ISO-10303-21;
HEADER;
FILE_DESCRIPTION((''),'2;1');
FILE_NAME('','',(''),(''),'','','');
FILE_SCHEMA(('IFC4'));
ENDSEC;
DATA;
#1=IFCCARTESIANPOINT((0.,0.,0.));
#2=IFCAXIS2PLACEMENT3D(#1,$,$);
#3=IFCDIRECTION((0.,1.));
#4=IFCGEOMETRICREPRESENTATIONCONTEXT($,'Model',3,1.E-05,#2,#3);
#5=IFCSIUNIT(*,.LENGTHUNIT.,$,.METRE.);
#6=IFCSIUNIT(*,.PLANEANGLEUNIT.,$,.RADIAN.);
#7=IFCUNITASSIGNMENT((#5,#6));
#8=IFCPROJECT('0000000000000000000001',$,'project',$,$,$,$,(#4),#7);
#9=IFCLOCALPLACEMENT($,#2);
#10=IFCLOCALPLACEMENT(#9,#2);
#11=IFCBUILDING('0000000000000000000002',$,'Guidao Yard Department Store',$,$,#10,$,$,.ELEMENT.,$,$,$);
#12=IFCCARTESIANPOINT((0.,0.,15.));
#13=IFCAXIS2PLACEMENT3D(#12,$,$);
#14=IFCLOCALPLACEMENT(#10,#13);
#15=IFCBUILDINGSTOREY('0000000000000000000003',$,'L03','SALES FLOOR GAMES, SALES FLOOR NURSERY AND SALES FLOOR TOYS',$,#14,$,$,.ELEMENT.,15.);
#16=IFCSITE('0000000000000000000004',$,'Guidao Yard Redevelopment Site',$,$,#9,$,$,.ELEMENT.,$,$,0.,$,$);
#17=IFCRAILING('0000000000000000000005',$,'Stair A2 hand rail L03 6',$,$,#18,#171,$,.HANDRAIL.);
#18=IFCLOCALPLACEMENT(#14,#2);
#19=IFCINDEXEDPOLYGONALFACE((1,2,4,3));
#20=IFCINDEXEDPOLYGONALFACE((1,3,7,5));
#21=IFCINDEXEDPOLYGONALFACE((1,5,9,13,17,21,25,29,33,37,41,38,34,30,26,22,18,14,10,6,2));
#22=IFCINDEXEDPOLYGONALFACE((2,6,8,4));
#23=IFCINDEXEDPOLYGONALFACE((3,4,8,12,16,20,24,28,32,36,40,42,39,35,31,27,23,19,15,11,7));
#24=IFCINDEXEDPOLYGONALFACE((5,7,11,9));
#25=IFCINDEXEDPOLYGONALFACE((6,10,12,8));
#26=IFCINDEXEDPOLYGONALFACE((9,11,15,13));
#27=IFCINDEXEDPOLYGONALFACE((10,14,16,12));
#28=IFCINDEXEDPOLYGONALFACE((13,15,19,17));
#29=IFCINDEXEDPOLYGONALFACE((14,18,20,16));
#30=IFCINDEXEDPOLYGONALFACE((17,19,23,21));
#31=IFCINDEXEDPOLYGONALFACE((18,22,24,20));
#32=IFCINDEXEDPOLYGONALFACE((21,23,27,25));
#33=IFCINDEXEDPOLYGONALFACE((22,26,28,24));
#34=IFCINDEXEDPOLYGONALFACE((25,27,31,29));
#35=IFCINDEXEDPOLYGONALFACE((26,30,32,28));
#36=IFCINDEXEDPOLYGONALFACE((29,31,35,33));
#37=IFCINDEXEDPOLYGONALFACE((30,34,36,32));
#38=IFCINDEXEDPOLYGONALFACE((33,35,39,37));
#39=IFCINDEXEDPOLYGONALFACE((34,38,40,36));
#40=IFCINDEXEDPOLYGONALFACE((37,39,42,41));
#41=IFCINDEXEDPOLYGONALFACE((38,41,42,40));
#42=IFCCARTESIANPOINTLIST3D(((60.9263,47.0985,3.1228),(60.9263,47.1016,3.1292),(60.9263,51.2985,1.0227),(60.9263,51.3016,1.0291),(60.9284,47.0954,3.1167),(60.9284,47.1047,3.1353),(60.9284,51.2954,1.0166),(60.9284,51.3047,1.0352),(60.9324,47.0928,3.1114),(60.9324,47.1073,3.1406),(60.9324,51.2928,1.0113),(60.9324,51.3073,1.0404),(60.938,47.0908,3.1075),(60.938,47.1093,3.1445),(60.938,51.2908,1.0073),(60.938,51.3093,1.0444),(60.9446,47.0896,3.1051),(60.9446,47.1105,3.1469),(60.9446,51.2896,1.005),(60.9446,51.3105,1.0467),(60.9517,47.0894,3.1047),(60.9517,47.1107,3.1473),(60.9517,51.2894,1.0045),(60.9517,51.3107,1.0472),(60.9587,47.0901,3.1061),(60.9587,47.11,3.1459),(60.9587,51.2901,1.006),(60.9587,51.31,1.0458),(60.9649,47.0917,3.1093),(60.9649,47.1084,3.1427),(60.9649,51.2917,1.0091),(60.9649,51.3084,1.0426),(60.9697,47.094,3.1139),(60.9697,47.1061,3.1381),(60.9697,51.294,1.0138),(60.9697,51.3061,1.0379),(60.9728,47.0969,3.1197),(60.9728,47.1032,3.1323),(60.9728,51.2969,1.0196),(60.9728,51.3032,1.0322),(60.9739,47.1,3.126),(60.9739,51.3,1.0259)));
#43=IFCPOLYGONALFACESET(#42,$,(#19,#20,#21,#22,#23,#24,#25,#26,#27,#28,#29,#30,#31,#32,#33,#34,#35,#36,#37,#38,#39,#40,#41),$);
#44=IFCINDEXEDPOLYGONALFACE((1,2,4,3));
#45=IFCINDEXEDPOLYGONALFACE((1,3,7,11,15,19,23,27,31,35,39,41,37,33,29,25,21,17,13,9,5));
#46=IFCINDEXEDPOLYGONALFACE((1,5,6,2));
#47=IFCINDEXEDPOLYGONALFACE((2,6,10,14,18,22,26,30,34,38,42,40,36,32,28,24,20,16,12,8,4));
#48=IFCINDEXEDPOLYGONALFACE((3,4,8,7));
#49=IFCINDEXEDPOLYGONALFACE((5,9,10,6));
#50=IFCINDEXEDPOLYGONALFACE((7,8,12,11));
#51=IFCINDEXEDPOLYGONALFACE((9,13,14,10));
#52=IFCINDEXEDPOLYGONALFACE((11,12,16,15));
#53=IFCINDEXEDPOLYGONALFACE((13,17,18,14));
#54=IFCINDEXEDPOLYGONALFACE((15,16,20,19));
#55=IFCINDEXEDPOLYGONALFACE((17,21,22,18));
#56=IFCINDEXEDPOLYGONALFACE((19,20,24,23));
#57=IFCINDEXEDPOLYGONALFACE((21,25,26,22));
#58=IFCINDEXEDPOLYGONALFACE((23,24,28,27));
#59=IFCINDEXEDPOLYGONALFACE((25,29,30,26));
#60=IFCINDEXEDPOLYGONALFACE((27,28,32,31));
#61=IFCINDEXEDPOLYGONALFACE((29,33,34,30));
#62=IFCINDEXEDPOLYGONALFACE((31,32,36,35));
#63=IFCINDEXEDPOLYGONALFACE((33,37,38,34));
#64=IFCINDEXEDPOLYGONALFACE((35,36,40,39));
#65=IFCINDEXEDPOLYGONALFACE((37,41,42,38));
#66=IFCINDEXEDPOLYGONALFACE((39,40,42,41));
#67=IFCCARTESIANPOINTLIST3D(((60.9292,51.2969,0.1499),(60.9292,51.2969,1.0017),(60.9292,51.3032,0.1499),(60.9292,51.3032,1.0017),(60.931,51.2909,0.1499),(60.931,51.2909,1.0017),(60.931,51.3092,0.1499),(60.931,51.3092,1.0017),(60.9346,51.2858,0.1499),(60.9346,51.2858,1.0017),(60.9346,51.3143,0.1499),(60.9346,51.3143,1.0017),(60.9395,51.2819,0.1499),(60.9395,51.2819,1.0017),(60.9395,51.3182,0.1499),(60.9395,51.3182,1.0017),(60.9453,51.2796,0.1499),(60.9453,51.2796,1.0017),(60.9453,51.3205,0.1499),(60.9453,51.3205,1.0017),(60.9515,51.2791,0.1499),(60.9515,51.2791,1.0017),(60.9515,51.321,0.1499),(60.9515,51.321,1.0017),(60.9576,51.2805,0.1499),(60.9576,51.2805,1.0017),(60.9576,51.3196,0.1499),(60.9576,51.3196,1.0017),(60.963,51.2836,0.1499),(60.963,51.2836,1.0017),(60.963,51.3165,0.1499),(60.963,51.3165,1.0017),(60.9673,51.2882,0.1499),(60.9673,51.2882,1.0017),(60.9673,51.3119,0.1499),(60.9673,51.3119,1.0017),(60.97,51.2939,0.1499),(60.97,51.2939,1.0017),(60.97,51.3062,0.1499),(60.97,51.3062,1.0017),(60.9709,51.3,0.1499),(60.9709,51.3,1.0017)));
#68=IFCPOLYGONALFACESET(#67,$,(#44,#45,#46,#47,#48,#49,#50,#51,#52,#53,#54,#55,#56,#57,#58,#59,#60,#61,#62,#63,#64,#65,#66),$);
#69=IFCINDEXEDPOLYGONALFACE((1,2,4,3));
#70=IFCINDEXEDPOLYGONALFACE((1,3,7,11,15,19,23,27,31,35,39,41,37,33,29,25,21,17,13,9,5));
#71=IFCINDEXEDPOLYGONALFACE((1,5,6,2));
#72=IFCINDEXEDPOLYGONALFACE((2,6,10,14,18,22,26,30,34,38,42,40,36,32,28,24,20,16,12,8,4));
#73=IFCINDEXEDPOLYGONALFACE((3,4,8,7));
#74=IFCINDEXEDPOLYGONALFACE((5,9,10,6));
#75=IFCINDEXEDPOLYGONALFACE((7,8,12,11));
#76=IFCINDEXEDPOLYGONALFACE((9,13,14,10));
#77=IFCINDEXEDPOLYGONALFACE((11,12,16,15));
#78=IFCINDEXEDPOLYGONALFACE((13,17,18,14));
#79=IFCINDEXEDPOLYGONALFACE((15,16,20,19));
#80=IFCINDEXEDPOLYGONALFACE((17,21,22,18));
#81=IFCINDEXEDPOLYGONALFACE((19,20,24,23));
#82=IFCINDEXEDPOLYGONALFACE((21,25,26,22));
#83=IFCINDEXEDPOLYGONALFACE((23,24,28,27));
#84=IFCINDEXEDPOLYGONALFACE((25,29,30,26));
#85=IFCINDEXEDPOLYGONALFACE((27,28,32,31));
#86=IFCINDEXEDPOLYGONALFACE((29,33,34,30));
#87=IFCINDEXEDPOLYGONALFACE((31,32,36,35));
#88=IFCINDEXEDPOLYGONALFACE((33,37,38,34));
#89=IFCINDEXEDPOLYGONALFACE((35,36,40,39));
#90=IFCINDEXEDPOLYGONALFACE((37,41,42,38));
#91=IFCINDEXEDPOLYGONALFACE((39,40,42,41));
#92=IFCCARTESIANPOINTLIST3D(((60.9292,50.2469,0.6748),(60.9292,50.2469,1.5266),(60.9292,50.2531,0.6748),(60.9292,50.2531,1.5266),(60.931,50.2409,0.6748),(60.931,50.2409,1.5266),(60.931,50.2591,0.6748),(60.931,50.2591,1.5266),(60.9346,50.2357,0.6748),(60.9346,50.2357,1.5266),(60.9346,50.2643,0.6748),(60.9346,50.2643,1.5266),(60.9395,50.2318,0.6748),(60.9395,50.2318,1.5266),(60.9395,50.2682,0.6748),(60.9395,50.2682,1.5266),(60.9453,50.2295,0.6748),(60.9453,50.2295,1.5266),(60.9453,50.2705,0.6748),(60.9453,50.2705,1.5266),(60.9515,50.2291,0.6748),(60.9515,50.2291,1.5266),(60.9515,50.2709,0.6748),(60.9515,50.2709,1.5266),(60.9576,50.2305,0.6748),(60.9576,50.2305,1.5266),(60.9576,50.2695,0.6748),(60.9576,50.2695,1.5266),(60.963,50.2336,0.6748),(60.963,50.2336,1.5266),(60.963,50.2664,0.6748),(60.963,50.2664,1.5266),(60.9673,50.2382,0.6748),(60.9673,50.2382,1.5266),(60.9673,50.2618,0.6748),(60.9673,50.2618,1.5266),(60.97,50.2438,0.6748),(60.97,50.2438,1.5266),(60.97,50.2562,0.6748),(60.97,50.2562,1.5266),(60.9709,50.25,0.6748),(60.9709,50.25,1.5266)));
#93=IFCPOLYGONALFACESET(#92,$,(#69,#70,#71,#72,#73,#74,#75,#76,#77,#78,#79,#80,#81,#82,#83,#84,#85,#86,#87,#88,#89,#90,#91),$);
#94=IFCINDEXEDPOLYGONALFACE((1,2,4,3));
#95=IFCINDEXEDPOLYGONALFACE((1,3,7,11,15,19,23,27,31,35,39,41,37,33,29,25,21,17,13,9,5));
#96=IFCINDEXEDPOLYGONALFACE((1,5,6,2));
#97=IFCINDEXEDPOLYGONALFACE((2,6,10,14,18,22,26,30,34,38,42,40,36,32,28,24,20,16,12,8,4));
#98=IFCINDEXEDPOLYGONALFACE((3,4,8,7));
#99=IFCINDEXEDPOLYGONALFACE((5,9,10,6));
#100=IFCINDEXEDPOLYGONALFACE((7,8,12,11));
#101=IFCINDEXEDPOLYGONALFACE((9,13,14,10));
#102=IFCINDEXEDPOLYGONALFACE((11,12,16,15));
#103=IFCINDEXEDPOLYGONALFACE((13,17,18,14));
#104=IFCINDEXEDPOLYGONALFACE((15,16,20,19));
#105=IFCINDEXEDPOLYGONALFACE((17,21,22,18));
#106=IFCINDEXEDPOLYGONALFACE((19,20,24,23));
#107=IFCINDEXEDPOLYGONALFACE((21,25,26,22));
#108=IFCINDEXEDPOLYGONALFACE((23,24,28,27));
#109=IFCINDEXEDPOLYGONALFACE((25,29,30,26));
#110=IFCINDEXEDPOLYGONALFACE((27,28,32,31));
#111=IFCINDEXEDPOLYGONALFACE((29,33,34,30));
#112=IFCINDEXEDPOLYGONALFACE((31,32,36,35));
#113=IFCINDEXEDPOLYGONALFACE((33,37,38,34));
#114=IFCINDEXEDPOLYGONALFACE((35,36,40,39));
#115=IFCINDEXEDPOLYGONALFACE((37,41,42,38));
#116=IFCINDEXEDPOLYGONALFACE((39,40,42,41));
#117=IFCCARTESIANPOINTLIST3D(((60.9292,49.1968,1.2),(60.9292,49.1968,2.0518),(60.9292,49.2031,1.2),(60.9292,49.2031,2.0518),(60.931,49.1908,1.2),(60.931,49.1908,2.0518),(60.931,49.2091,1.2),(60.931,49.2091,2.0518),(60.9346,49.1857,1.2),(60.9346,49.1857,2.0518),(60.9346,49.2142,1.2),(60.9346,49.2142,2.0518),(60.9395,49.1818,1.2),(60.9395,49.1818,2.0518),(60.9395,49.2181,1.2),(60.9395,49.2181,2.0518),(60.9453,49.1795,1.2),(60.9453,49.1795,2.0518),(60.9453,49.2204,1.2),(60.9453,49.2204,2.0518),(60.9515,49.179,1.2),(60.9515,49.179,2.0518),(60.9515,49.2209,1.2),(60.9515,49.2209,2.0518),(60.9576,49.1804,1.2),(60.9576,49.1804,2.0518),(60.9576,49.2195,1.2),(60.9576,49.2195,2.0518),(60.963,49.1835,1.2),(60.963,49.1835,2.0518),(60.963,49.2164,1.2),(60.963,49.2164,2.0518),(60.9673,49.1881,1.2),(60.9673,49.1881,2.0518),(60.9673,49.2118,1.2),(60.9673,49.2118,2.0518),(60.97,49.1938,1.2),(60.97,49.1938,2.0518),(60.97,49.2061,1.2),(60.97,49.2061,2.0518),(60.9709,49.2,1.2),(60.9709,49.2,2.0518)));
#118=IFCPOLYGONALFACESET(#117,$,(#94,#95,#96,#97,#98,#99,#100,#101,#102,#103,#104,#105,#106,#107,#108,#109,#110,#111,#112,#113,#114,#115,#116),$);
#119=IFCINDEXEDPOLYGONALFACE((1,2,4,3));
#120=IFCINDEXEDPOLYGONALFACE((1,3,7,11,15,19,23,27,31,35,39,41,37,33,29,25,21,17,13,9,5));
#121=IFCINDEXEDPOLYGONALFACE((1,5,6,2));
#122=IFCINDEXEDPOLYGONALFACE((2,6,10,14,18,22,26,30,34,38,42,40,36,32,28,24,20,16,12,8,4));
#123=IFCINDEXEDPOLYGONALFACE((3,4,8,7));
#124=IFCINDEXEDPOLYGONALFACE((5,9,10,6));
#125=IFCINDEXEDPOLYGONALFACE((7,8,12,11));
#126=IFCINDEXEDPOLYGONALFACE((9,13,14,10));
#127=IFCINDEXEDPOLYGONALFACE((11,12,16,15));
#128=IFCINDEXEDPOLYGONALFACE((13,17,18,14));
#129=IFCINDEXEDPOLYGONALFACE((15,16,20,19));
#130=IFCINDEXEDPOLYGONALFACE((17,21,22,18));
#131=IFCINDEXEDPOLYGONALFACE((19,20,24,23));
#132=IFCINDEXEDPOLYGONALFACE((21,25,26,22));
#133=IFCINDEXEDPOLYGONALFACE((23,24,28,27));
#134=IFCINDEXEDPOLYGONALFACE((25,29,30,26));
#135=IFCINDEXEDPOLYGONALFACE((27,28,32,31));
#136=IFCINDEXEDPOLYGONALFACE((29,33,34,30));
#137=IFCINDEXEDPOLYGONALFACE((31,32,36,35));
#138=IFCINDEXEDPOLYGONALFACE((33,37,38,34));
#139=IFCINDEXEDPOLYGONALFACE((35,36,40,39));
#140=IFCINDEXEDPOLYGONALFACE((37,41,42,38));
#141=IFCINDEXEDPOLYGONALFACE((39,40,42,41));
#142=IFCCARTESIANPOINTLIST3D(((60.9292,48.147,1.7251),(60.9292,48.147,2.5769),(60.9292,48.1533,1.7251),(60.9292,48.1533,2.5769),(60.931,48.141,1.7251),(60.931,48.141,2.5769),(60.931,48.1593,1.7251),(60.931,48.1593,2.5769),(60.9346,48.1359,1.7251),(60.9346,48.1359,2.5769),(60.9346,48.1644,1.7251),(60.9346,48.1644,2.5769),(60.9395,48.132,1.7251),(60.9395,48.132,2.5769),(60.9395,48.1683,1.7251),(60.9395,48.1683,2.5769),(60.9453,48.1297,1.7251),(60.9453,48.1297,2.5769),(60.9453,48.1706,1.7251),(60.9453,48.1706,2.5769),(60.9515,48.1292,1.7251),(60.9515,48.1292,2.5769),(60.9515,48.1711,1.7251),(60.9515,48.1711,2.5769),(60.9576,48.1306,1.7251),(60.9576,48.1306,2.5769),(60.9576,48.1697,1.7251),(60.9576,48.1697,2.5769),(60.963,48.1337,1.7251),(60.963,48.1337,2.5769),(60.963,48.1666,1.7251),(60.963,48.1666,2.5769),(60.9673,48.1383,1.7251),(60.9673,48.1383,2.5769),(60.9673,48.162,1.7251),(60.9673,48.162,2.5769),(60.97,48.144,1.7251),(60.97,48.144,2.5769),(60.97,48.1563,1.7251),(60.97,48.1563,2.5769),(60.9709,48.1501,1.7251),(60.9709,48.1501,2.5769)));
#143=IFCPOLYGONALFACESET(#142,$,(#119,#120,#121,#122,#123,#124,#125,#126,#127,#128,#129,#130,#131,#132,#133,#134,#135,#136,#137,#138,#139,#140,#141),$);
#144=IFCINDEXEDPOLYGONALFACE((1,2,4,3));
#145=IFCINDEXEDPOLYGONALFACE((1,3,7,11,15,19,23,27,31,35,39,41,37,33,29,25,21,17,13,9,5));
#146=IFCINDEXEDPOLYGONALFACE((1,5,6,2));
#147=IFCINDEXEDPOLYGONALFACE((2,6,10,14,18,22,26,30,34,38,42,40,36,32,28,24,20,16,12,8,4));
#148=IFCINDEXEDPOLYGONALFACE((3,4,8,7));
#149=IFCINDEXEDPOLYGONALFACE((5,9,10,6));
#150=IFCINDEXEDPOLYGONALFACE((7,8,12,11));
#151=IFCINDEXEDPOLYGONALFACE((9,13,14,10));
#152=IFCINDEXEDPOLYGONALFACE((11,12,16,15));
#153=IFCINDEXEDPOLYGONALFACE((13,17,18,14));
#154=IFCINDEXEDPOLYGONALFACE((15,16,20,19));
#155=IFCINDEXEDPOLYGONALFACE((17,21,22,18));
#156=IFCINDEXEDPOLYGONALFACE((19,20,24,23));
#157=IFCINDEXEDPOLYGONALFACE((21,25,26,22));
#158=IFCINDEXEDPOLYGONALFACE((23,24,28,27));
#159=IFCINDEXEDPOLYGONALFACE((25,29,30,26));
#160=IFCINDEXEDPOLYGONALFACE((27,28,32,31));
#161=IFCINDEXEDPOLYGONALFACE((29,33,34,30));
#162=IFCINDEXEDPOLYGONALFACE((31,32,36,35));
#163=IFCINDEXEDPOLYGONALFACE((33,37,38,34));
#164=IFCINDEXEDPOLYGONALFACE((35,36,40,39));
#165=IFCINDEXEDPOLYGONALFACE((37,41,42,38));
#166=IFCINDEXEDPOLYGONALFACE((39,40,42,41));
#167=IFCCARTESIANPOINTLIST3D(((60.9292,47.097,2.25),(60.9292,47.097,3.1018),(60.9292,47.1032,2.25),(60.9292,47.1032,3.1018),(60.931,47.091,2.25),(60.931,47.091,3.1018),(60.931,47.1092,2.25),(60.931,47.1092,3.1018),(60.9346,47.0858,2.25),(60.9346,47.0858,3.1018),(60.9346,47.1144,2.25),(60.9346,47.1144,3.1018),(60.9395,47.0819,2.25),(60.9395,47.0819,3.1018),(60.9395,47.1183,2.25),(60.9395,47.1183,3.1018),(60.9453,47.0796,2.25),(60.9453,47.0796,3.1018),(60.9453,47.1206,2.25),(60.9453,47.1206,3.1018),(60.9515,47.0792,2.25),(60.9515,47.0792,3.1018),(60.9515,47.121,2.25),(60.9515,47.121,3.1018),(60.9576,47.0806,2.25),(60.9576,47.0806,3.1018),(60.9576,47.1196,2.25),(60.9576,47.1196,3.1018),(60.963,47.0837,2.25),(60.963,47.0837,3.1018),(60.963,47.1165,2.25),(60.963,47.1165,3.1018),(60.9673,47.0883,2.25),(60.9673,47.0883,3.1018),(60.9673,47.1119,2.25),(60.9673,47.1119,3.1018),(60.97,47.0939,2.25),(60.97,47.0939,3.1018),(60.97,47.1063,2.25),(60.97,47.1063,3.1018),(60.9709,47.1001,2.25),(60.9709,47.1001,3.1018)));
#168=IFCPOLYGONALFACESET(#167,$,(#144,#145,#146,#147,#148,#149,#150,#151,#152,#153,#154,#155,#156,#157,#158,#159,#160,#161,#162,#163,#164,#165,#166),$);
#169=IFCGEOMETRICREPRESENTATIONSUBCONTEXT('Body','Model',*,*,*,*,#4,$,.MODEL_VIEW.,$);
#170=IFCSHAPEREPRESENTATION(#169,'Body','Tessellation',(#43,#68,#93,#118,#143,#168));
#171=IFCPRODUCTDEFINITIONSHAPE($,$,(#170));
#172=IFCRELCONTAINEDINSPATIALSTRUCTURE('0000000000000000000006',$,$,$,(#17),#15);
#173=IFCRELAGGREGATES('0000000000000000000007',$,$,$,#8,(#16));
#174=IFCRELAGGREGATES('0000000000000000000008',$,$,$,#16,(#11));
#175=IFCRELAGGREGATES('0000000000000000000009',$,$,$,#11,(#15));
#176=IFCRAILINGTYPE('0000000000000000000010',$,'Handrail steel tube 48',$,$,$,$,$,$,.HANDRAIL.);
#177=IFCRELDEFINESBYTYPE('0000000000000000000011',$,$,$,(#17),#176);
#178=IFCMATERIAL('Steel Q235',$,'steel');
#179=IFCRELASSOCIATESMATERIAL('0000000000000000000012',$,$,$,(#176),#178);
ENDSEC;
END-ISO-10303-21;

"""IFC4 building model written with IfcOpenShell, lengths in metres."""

from ifc_helpers import new_model, si_unit, direction, frame, origin, origin_2d, place, context, subcontext, project, spatial, circle, extrude, material, type_object, element, save


model = new_model("IFC4")

# Units and contexts
model_context = context("Model", 3, precision=1e-05, world=origin(), true_north=direction((0.0, 1.0)))
body_context = subcontext(model_context, "Body", "Model", "MODEL_VIEW")
ifc_project = project(units=[si_unit("LENGTHUNIT", "METRE"), si_unit("PLANEANGLEUNIT", "RADIAN")], contexts=[model_context])

# Site, building, storey
site_placement = place(None, origin())
site = spatial("IfcSite", under=ifc_project, at=site_placement, Name="Guidao Yard Redevelopment Site", CompositionType="ELEMENT", RefElevation=0.0)
building_placement = place(site_placement, origin())
building = spatial("IfcBuilding", under=site, at=building_placement, Name="Guidao Yard Department Store", CompositionType="ELEMENT")
storey_placement = place(building_placement, frame((0.0, 0.0, 15.0)))
storey = spatial("IfcBuildingStorey", under=building, at=storey_placement, Name="L03", Description="SALES FLOOR GAMES, SALES FLOOR NURSERY AND SALES FLOOR TOYS", CompositionType="ELEMENT", Elevation=15.0)

# Railing
ifc_material_1 = material(Name="Steel Q235", Category="steel")
railing_type_1 = type_object("IfcRailingType", Name="Handrail steel tube 48", PredefinedType="HANDRAIL", material=ifc_material_1)
for number, where, name in (
    (1, (60.95, 51.3, 0.1499), "Stair A2 hand rail L03 6"),
):
    element("IfcRailing", number, at=place(storey_placement, frame(where)), inside=storey, type_object=railing_type_1, Name=name, PredefinedType="HANDRAIL", context=body_context, shape_type="SweptSolid", body=[
        extrude(circle(Radius=0.0239, at=origin_2d()), frame((0.0, 0.0, 0.876), z_axis=(0.0, -0.894417, 0.447234), x_axis=(1.0, 0.0, 0.0)), (0.0, 0.0, 1.0), 4.6958),
        extrude(circle(Radius=0.021, at=origin_2d()), origin(), (0.0, 0.0, 1.0), 0.8518),
        extrude(circle(Radius=0.021, at=origin_2d()), frame((0.0, -1.05, 0.5249)), (0.0, 0.0, 1.0), 0.8518),
        extrude(circle(Radius=0.021, at=origin_2d()), frame((0.0, -2.1001, 1.05)), (0.0, 0.0, 1.0), 0.8518),
        extrude(circle(Radius=0.021, at=origin_2d()), frame((0.0, -3.1499, 1.5752)), (0.0, 0.0, 1.0), 0.8518),
        extrude(circle(Radius=0.021, at=origin_2d()), frame((0.0, -4.2, 2.1001)), (0.0, 0.0, 1.0), 0.8518),
    ])

save(model, "model.ifc")
